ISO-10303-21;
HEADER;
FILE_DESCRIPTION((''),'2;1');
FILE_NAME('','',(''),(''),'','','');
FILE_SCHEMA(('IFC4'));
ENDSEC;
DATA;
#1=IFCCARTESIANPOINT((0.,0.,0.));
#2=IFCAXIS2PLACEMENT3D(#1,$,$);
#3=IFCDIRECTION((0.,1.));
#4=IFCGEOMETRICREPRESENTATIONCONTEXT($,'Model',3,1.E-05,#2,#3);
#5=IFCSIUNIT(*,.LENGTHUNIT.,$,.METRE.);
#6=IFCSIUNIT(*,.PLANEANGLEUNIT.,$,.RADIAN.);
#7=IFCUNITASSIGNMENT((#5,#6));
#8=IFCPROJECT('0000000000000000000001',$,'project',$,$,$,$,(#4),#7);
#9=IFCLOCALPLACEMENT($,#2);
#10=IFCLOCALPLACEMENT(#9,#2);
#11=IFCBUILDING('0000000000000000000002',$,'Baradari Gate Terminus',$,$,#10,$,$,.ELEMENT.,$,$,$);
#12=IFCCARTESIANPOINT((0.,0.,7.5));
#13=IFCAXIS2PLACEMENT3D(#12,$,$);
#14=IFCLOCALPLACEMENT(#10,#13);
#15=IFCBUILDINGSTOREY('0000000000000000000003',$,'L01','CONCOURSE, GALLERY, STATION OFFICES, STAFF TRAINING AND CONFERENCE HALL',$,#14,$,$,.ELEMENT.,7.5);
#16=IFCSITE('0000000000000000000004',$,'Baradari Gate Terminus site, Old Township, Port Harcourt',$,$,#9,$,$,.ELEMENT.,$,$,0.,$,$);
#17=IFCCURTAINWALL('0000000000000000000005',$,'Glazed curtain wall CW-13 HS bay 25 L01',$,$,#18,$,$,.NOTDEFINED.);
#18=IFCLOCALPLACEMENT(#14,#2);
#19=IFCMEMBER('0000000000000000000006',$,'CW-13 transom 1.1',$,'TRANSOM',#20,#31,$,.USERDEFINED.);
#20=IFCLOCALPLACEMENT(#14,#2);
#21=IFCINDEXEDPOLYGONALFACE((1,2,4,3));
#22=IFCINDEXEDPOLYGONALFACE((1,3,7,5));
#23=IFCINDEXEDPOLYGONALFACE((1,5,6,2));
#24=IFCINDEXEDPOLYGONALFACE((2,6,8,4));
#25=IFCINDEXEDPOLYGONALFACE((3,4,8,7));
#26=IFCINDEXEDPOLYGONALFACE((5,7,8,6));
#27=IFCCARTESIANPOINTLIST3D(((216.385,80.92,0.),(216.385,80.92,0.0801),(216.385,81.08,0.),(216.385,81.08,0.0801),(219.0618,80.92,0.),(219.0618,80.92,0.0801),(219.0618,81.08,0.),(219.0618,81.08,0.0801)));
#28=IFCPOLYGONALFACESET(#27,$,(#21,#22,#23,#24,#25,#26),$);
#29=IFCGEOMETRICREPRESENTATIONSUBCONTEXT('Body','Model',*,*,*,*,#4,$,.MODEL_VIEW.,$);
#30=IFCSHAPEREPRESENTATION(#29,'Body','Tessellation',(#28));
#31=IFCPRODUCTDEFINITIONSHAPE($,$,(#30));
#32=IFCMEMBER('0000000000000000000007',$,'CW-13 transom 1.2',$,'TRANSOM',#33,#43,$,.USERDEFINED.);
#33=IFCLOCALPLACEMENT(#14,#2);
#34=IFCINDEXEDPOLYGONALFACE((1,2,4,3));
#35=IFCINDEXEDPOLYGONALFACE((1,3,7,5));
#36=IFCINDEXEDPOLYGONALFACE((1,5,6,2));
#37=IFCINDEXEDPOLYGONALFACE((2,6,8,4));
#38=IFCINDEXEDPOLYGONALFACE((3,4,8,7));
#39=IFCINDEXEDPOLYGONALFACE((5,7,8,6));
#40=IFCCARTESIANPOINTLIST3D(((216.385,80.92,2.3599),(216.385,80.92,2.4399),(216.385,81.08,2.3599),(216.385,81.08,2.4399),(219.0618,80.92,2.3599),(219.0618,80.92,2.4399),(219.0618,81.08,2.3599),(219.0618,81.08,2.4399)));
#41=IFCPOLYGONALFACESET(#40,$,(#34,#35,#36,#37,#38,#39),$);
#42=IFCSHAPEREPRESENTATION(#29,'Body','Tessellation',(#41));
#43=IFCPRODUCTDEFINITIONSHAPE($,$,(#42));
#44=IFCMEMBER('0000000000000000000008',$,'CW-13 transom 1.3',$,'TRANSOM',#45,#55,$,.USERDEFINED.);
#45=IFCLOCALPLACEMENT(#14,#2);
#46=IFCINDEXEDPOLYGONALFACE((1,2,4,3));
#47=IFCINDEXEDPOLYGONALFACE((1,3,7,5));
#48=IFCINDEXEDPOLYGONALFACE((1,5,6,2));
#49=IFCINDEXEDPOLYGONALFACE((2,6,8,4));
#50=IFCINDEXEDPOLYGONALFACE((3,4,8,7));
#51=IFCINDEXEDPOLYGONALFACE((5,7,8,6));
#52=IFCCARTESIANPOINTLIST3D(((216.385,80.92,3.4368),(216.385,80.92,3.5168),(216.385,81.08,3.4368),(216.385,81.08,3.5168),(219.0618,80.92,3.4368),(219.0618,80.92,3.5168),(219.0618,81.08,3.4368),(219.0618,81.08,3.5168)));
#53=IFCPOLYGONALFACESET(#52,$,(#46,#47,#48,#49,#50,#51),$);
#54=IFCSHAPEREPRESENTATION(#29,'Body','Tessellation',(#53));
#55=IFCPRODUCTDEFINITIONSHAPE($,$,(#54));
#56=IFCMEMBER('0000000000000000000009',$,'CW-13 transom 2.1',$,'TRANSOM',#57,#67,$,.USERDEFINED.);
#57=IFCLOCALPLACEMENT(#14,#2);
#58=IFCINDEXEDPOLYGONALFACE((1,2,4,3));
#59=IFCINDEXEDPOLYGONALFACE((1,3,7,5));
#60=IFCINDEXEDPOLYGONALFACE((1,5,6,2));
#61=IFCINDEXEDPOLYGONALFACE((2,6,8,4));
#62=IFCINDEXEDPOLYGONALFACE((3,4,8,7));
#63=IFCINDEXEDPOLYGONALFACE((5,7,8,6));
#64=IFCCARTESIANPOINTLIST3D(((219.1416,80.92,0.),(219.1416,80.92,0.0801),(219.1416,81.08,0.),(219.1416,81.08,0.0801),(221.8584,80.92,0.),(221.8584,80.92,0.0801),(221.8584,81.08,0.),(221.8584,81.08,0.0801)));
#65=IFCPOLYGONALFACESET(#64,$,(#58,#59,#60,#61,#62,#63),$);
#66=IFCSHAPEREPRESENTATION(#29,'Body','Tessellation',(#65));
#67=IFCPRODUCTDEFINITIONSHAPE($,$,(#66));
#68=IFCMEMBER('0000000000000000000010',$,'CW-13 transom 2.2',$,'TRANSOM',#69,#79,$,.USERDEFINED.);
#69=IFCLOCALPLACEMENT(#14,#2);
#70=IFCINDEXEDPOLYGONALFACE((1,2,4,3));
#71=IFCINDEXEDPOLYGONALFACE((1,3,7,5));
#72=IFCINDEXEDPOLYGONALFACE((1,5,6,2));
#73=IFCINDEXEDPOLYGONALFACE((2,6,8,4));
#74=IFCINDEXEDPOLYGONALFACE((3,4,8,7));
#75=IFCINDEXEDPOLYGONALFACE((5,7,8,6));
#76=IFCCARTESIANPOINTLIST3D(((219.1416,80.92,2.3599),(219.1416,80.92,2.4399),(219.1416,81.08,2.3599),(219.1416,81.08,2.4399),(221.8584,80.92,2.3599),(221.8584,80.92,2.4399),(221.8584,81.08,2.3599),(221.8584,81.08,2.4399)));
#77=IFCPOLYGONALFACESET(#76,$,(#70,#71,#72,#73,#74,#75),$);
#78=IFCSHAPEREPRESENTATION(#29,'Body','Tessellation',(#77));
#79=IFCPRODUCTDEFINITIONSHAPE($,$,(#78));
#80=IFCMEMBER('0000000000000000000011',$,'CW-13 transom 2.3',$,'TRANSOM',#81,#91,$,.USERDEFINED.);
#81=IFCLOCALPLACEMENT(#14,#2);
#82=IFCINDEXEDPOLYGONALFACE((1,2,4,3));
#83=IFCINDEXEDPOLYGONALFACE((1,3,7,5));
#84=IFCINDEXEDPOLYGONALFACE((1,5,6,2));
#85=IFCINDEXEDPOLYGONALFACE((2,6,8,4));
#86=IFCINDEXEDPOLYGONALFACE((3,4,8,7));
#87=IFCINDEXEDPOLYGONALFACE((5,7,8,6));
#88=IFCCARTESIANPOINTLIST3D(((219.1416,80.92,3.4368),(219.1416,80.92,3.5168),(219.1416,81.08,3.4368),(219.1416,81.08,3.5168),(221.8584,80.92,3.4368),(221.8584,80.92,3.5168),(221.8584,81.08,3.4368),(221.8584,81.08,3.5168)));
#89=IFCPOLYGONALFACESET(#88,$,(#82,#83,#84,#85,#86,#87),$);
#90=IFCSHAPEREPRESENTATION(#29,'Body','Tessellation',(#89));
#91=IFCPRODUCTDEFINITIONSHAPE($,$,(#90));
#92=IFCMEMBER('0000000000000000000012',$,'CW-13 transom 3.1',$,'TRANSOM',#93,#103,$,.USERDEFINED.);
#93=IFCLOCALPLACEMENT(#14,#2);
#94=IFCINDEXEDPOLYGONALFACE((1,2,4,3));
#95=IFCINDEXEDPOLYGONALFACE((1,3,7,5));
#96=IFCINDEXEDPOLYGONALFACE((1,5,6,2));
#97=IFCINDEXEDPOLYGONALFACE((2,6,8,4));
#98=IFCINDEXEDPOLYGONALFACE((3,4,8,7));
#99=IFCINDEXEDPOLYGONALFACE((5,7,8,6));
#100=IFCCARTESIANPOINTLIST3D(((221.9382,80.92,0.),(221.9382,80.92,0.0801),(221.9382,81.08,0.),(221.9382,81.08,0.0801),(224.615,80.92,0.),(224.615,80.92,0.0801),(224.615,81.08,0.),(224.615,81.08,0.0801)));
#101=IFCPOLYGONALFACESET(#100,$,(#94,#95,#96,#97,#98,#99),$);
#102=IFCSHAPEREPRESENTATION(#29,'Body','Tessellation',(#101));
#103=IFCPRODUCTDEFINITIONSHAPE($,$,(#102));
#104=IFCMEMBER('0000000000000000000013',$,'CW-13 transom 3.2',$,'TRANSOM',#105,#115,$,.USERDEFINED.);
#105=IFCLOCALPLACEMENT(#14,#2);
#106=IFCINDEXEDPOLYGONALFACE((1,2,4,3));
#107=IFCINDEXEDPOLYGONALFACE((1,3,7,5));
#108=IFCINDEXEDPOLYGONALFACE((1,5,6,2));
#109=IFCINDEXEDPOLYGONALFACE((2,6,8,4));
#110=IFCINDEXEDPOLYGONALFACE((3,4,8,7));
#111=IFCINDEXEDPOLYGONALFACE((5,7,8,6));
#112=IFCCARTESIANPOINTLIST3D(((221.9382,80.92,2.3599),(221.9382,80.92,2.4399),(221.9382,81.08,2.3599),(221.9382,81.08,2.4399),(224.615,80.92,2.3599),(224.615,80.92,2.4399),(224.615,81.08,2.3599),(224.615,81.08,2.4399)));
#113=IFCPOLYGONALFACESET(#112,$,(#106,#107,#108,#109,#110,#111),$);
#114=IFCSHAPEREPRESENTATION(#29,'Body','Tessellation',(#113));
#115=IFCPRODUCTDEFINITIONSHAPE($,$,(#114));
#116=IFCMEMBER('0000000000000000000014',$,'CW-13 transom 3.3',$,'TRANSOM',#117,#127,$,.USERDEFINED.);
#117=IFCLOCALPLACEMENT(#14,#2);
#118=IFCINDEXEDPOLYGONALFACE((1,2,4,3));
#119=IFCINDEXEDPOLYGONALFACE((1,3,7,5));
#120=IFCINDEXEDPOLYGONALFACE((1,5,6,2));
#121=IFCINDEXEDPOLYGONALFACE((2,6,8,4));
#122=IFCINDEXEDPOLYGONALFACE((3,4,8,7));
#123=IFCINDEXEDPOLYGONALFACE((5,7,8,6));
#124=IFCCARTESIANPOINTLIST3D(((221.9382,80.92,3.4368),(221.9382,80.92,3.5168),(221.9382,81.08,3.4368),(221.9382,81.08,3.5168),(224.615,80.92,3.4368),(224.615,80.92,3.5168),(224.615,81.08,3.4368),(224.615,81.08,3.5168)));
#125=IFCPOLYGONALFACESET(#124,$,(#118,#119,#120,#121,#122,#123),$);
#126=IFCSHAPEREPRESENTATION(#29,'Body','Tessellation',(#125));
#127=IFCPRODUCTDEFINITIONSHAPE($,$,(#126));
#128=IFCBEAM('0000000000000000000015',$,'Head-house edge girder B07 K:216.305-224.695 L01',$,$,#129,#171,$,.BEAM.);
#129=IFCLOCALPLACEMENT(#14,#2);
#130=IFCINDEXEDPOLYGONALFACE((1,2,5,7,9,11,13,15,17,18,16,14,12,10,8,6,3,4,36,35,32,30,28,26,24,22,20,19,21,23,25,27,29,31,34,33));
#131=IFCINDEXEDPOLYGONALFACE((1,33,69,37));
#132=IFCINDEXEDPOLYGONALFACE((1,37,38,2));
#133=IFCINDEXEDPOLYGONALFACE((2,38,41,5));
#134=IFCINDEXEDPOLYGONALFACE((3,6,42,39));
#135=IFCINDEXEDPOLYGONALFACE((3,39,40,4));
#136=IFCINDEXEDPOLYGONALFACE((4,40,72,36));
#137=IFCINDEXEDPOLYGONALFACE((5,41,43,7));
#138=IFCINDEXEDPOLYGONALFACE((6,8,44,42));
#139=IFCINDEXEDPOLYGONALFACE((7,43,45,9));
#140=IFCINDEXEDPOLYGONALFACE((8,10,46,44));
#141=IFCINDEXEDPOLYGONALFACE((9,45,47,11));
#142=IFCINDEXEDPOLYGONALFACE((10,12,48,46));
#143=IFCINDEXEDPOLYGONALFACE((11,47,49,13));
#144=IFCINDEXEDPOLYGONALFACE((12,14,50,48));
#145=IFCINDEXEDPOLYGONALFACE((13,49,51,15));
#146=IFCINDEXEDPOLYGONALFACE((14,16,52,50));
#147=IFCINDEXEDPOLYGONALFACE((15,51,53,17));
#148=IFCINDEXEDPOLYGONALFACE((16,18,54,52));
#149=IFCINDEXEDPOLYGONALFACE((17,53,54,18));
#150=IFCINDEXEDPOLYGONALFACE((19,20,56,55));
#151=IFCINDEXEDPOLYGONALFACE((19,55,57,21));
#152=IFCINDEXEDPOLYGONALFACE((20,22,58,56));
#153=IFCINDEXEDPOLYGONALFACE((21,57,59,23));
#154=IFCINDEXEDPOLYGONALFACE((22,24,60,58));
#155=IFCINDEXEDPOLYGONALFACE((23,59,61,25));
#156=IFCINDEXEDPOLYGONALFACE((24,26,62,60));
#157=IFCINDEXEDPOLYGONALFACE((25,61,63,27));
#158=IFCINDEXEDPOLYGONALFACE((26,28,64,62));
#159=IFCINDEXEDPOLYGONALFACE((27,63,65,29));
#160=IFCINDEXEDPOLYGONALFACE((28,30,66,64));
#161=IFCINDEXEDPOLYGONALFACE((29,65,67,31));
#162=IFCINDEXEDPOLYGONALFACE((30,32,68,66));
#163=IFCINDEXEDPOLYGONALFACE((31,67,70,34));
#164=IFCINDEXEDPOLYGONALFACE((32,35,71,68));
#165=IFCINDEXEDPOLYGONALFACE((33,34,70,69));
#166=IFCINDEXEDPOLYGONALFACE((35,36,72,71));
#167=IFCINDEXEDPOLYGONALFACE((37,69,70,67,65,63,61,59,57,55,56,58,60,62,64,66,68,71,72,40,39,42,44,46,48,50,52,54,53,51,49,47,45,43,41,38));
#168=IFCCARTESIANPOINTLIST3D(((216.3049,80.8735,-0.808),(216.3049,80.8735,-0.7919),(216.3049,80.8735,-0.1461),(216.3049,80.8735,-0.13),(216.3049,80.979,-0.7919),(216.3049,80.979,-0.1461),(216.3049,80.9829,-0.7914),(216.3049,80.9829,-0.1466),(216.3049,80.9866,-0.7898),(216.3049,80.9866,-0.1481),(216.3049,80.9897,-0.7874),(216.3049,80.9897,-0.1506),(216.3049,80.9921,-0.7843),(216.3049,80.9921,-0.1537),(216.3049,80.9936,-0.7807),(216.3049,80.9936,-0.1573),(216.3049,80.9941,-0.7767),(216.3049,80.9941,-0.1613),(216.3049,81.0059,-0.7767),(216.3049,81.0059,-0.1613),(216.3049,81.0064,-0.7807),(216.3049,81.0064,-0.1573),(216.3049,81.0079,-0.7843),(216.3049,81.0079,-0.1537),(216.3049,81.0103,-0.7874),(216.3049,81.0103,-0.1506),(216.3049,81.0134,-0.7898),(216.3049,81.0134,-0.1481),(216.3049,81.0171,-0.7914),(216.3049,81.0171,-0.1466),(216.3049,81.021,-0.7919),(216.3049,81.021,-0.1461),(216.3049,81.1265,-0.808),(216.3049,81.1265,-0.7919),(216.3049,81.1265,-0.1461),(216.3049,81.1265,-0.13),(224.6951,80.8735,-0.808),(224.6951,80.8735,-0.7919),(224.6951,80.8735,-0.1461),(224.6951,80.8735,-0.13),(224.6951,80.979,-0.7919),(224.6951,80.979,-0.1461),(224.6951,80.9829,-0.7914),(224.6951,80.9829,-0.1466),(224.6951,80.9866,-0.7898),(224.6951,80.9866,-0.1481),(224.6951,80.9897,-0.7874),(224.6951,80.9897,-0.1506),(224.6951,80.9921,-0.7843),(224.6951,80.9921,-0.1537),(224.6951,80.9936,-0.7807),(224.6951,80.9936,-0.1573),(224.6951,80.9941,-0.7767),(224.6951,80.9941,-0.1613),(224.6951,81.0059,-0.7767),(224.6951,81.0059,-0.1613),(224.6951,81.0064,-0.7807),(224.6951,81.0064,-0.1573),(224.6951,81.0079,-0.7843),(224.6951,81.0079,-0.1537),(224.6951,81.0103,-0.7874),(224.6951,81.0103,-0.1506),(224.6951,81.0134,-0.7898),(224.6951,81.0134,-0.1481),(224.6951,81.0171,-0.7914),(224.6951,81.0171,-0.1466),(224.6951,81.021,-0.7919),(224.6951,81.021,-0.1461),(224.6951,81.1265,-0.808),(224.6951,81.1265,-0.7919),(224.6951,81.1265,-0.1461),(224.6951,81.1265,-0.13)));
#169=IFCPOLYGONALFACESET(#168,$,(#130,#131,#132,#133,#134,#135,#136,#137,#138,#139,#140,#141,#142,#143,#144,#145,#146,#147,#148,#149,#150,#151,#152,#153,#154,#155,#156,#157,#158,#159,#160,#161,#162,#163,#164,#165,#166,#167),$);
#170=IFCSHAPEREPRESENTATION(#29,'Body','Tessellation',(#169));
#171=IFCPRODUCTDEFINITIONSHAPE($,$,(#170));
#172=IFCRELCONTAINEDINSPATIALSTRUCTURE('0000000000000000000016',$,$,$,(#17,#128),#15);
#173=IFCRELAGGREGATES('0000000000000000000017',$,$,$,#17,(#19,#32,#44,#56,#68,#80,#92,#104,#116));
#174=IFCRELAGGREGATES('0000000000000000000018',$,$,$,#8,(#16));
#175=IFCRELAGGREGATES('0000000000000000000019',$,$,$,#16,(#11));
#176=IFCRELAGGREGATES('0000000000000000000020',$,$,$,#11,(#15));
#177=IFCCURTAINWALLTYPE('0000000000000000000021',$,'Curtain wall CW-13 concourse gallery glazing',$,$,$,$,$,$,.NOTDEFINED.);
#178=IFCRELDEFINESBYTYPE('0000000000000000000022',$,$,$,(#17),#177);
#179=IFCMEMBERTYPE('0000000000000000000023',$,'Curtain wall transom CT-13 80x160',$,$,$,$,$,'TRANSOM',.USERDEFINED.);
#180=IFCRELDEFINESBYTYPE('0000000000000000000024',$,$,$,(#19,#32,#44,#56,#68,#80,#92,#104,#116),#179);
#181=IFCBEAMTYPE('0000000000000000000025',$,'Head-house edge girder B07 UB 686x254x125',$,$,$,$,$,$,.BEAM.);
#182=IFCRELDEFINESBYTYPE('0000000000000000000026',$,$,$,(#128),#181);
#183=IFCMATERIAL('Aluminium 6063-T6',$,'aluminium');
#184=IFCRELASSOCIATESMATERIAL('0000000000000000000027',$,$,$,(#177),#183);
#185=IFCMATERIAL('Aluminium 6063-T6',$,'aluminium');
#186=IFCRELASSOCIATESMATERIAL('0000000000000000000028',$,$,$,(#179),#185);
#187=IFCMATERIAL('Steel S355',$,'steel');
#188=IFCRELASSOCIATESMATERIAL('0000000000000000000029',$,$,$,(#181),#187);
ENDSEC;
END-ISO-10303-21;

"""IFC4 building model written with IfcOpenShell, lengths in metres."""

from ifc_helpers import new_model, si_unit, direction, frame, origin, origin_2d, place, context, subcontext, project, spatial, rectangle, i_section, extrude, material, material_profile, profile_set, type_object, element, aggregate, save


model = new_model("IFC4")

# Units and contexts
model_context = context("Model", 3, precision=1e-05, world=origin(), true_north=direction((0.0, 1.0)))
body_context = subcontext(model_context, "Body", "Model", "MODEL_VIEW")
ifc_project = project(units=[si_unit("LENGTHUNIT", "METRE"), si_unit("PLANEANGLEUNIT", "RADIAN")], contexts=[model_context])

# Site, building, storey
site_placement = place(None, origin())
site = spatial("IfcSite", under=ifc_project, at=site_placement, Name="Baradari Gate Terminus site, Old Township, Port Harcourt", CompositionType="ELEMENT", RefElevation=0.0)
building_placement = place(site_placement, origin())
building = spatial("IfcBuilding", under=site, at=building_placement, Name="Baradari Gate Terminus", CompositionType="ELEMENT")
storey_placement = place(building_placement, frame((0.0, 0.0, 7.5)))
storey = spatial("IfcBuildingStorey", under=building, at=storey_placement, Name="L01", Description="CONCOURSE, GALLERY, STATION OFFICES, STAFF TRAINING AND CONFERENCE HALL", CompositionType="ELEMENT", Elevation=7.5)

# Curtain wall, members
ifc_material_1 = material(Name="Aluminium 6063-T6", Category="aluminium")
curtain_wall_type = type_object("IfcCurtainWallType", Name="Curtain wall CW-13 concourse gallery glazing", PredefinedType="NOTDEFINED", material=ifc_material_1)
curtain_wall_placement = place(storey_placement, origin())
curtain_wall = element("IfcCurtainWall", 1, at=curtain_wall_placement, inside=storey, type_object=curtain_wall_type, Name="Glazed curtain wall CW-13 HS bay 25 L01", PredefinedType="NOTDEFINED")
ifc_material_2 = material(Name="Aluminium 6063-T6", Category="aluminium")
ifc_material_profile_1 = material_profile(ifc_material_2, rectangle(XDim=0.1599, YDim=0.0801, at=origin_2d()), Name="CT-13 80X160")
ifc_profile_set_1 = profile_set([ifc_material_profile_1], Name="Aluminium 6063-T6")
member_type_1 = type_object("IfcMemberType", Name="Curtain wall transom CT-13 80x160", ElementType="TRANSOM", PredefinedType="USERDEFINED", material=ifc_profile_set_1)
member_1_placement = place(storey_placement, frame((216.385, 81.0, 0.04), z_axis=(1.0, 0.0, 0.0), x_axis=(0.0, 1.0, 0.0)))
member_1 = element("IfcMember", 2, at=member_1_placement, type_object=member_type_1, Name="CW-13 transom 1.1", ObjectType="TRANSOM", PredefinedType="USERDEFINED", context=body_context, shape_type="SweptSolid", body=[
    extrude(rectangle(XDim=0.1599, YDim=0.0801, at=origin_2d()), origin(), (0.0, 0.0, 1.0), 2.6768),
])
member_2_placement = place(storey_placement, frame((216.385, 81.0, 2.3999), z_axis=(1.0, 0.0, 0.0), x_axis=(0.0, 1.0, 0.0)))
member_2 = element("IfcMember", 3, at=member_2_placement, type_object=member_type_1, Name="CW-13 transom 1.2", ObjectType="TRANSOM", PredefinedType="USERDEFINED", context=body_context, shape_type="SweptSolid", body=[
    extrude(rectangle(XDim=0.1599, YDim=0.0801, at=origin_2d()), origin(), (0.0, 0.0, 1.0), 2.6768),
])
member_3_placement = place(storey_placement, frame((216.385, 81.0, 3.4768), z_axis=(1.0, 0.0, 0.0), x_axis=(0.0, 1.0, 0.0)))
member_3 = element("IfcMember", 4, at=member_3_placement, type_object=member_type_1, Name="CW-13 transom 1.3", ObjectType="TRANSOM", PredefinedType="USERDEFINED", context=body_context, shape_type="SweptSolid", body=[
    extrude(rectangle(XDim=0.1599, YDim=0.0801, at=origin_2d()), origin(), (0.0, 0.0, 1.0), 2.6768),
])
member_4_placement = place(storey_placement, frame((219.1416, 81.0, 0.04), z_axis=(1.0, 0.0, 0.0), x_axis=(0.0, 1.0, 0.0)))
member_4 = element("IfcMember", 5, at=member_4_placement, type_object=member_type_1, Name="CW-13 transom 2.1", ObjectType="TRANSOM", PredefinedType="USERDEFINED", context=body_context, shape_type="SweptSolid", body=[
    extrude(rectangle(XDim=0.1599, YDim=0.0801, at=origin_2d()), origin(), (0.0, 0.0, 1.0), 2.7168),
])
member_5_placement = place(storey_placement, frame((219.1416, 81.0, 2.3999), z_axis=(1.0, 0.0, 0.0), x_axis=(0.0, 1.0, 0.0)))
member_5 = element("IfcMember", 6, at=member_5_placement, type_object=member_type_1, Name="CW-13 transom 2.2", ObjectType="TRANSOM", PredefinedType="USERDEFINED", context=body_context, shape_type="SweptSolid", body=[
    extrude(rectangle(XDim=0.1599, YDim=0.0801, at=origin_2d()), origin(), (0.0, 0.0, 1.0), 2.7168),
])
member_6_placement = place(storey_placement, frame((219.1416, 81.0, 3.4768), z_axis=(1.0, 0.0, 0.0), x_axis=(0.0, 1.0, 0.0)))
member_6 = element("IfcMember", 7, at=member_6_placement, type_object=member_type_1, Name="CW-13 transom 2.3", ObjectType="TRANSOM", PredefinedType="USERDEFINED", context=body_context, shape_type="SweptSolid", body=[
    extrude(rectangle(XDim=0.1599, YDim=0.0801, at=origin_2d()), origin(), (0.0, 0.0, 1.0), 2.7168),
])
member_7_placement = place(storey_placement, frame((221.9382, 81.0, 0.04), z_axis=(1.0, 0.0, 0.0), x_axis=(0.0, 1.0, 0.0)))
member_7 = element("IfcMember", 8, at=member_7_placement, type_object=member_type_1, Name="CW-13 transom 3.1", ObjectType="TRANSOM", PredefinedType="USERDEFINED", context=body_context, shape_type="SweptSolid", body=[
    extrude(rectangle(XDim=0.1599, YDim=0.0801, at=origin_2d()), origin(), (0.0, 0.0, 1.0), 2.6768),
])
member_8_placement = place(storey_placement, frame((221.9382, 81.0, 2.3999), z_axis=(1.0, 0.0, 0.0), x_axis=(0.0, 1.0, 0.0)))
member_8 = element("IfcMember", 9, at=member_8_placement, type_object=member_type_1, Name="CW-13 transom 3.2", ObjectType="TRANSOM", PredefinedType="USERDEFINED", context=body_context, shape_type="SweptSolid", body=[
    extrude(rectangle(XDim=0.1599, YDim=0.0801, at=origin_2d()), origin(), (0.0, 0.0, 1.0), 2.6768),
])
member_9_placement = place(storey_placement, frame((221.9382, 81.0, 3.4768), z_axis=(1.0, 0.0, 0.0), x_axis=(0.0, 1.0, 0.0)))
member_9 = element("IfcMember", 10, at=member_9_placement, type_object=member_type_1, Name="CW-13 transom 3.3", ObjectType="TRANSOM", PredefinedType="USERDEFINED", context=body_context, shape_type="SweptSolid", body=[
    extrude(rectangle(XDim=0.1599, YDim=0.0801, at=origin_2d()), origin(), (0.0, 0.0, 1.0), 2.6768),
])

# Beam
ifc_material_3 = material(Name="Steel S355", Category="steel")
ifc_material_profile_2 = material_profile(ifc_material_3, i_section(OverallWidth=0.2529, OverallDepth=0.678, WebThickness=0.0117, FlangeThickness=0.0161, FilletRadius=0.0151, at=origin_2d()), Name="UB 686x254x125")
ifc_profile_set_2 = profile_set([ifc_material_profile_2], Name="Steel S355")
beam_type_1 = type_object("IfcBeamType", Name="Head-house edge girder B07 UB 686x254x125", PredefinedType="BEAM", material=ifc_profile_set_2)
beam_1_placement = place(storey_placement, frame((216.3049, 81.0, -0.469), z_axis=(1.0, 0.0, 0.0), x_axis=(0.0, 1.0, 0.0)))
element("IfcBeam", 11, at=beam_1_placement, inside=storey, type_object=beam_type_1, Name="Head-house edge girder B07 K:216.305-224.695 L01", PredefinedType="BEAM", context=body_context, shape_type="SweptSolid", body=[
    extrude(i_section(OverallWidth=0.2529, OverallDepth=0.678, WebThickness=0.0117, FlangeThickness=0.0161, FilletRadius=0.0151, at=origin_2d()), origin(), (0.0, 0.0, 1.0), 8.3901),
])

aggregate(curtain_wall, [member_1, member_2, member_3, member_4, member_5, member_6, member_7, member_8, member_9])

save(model, "model.ifc")
